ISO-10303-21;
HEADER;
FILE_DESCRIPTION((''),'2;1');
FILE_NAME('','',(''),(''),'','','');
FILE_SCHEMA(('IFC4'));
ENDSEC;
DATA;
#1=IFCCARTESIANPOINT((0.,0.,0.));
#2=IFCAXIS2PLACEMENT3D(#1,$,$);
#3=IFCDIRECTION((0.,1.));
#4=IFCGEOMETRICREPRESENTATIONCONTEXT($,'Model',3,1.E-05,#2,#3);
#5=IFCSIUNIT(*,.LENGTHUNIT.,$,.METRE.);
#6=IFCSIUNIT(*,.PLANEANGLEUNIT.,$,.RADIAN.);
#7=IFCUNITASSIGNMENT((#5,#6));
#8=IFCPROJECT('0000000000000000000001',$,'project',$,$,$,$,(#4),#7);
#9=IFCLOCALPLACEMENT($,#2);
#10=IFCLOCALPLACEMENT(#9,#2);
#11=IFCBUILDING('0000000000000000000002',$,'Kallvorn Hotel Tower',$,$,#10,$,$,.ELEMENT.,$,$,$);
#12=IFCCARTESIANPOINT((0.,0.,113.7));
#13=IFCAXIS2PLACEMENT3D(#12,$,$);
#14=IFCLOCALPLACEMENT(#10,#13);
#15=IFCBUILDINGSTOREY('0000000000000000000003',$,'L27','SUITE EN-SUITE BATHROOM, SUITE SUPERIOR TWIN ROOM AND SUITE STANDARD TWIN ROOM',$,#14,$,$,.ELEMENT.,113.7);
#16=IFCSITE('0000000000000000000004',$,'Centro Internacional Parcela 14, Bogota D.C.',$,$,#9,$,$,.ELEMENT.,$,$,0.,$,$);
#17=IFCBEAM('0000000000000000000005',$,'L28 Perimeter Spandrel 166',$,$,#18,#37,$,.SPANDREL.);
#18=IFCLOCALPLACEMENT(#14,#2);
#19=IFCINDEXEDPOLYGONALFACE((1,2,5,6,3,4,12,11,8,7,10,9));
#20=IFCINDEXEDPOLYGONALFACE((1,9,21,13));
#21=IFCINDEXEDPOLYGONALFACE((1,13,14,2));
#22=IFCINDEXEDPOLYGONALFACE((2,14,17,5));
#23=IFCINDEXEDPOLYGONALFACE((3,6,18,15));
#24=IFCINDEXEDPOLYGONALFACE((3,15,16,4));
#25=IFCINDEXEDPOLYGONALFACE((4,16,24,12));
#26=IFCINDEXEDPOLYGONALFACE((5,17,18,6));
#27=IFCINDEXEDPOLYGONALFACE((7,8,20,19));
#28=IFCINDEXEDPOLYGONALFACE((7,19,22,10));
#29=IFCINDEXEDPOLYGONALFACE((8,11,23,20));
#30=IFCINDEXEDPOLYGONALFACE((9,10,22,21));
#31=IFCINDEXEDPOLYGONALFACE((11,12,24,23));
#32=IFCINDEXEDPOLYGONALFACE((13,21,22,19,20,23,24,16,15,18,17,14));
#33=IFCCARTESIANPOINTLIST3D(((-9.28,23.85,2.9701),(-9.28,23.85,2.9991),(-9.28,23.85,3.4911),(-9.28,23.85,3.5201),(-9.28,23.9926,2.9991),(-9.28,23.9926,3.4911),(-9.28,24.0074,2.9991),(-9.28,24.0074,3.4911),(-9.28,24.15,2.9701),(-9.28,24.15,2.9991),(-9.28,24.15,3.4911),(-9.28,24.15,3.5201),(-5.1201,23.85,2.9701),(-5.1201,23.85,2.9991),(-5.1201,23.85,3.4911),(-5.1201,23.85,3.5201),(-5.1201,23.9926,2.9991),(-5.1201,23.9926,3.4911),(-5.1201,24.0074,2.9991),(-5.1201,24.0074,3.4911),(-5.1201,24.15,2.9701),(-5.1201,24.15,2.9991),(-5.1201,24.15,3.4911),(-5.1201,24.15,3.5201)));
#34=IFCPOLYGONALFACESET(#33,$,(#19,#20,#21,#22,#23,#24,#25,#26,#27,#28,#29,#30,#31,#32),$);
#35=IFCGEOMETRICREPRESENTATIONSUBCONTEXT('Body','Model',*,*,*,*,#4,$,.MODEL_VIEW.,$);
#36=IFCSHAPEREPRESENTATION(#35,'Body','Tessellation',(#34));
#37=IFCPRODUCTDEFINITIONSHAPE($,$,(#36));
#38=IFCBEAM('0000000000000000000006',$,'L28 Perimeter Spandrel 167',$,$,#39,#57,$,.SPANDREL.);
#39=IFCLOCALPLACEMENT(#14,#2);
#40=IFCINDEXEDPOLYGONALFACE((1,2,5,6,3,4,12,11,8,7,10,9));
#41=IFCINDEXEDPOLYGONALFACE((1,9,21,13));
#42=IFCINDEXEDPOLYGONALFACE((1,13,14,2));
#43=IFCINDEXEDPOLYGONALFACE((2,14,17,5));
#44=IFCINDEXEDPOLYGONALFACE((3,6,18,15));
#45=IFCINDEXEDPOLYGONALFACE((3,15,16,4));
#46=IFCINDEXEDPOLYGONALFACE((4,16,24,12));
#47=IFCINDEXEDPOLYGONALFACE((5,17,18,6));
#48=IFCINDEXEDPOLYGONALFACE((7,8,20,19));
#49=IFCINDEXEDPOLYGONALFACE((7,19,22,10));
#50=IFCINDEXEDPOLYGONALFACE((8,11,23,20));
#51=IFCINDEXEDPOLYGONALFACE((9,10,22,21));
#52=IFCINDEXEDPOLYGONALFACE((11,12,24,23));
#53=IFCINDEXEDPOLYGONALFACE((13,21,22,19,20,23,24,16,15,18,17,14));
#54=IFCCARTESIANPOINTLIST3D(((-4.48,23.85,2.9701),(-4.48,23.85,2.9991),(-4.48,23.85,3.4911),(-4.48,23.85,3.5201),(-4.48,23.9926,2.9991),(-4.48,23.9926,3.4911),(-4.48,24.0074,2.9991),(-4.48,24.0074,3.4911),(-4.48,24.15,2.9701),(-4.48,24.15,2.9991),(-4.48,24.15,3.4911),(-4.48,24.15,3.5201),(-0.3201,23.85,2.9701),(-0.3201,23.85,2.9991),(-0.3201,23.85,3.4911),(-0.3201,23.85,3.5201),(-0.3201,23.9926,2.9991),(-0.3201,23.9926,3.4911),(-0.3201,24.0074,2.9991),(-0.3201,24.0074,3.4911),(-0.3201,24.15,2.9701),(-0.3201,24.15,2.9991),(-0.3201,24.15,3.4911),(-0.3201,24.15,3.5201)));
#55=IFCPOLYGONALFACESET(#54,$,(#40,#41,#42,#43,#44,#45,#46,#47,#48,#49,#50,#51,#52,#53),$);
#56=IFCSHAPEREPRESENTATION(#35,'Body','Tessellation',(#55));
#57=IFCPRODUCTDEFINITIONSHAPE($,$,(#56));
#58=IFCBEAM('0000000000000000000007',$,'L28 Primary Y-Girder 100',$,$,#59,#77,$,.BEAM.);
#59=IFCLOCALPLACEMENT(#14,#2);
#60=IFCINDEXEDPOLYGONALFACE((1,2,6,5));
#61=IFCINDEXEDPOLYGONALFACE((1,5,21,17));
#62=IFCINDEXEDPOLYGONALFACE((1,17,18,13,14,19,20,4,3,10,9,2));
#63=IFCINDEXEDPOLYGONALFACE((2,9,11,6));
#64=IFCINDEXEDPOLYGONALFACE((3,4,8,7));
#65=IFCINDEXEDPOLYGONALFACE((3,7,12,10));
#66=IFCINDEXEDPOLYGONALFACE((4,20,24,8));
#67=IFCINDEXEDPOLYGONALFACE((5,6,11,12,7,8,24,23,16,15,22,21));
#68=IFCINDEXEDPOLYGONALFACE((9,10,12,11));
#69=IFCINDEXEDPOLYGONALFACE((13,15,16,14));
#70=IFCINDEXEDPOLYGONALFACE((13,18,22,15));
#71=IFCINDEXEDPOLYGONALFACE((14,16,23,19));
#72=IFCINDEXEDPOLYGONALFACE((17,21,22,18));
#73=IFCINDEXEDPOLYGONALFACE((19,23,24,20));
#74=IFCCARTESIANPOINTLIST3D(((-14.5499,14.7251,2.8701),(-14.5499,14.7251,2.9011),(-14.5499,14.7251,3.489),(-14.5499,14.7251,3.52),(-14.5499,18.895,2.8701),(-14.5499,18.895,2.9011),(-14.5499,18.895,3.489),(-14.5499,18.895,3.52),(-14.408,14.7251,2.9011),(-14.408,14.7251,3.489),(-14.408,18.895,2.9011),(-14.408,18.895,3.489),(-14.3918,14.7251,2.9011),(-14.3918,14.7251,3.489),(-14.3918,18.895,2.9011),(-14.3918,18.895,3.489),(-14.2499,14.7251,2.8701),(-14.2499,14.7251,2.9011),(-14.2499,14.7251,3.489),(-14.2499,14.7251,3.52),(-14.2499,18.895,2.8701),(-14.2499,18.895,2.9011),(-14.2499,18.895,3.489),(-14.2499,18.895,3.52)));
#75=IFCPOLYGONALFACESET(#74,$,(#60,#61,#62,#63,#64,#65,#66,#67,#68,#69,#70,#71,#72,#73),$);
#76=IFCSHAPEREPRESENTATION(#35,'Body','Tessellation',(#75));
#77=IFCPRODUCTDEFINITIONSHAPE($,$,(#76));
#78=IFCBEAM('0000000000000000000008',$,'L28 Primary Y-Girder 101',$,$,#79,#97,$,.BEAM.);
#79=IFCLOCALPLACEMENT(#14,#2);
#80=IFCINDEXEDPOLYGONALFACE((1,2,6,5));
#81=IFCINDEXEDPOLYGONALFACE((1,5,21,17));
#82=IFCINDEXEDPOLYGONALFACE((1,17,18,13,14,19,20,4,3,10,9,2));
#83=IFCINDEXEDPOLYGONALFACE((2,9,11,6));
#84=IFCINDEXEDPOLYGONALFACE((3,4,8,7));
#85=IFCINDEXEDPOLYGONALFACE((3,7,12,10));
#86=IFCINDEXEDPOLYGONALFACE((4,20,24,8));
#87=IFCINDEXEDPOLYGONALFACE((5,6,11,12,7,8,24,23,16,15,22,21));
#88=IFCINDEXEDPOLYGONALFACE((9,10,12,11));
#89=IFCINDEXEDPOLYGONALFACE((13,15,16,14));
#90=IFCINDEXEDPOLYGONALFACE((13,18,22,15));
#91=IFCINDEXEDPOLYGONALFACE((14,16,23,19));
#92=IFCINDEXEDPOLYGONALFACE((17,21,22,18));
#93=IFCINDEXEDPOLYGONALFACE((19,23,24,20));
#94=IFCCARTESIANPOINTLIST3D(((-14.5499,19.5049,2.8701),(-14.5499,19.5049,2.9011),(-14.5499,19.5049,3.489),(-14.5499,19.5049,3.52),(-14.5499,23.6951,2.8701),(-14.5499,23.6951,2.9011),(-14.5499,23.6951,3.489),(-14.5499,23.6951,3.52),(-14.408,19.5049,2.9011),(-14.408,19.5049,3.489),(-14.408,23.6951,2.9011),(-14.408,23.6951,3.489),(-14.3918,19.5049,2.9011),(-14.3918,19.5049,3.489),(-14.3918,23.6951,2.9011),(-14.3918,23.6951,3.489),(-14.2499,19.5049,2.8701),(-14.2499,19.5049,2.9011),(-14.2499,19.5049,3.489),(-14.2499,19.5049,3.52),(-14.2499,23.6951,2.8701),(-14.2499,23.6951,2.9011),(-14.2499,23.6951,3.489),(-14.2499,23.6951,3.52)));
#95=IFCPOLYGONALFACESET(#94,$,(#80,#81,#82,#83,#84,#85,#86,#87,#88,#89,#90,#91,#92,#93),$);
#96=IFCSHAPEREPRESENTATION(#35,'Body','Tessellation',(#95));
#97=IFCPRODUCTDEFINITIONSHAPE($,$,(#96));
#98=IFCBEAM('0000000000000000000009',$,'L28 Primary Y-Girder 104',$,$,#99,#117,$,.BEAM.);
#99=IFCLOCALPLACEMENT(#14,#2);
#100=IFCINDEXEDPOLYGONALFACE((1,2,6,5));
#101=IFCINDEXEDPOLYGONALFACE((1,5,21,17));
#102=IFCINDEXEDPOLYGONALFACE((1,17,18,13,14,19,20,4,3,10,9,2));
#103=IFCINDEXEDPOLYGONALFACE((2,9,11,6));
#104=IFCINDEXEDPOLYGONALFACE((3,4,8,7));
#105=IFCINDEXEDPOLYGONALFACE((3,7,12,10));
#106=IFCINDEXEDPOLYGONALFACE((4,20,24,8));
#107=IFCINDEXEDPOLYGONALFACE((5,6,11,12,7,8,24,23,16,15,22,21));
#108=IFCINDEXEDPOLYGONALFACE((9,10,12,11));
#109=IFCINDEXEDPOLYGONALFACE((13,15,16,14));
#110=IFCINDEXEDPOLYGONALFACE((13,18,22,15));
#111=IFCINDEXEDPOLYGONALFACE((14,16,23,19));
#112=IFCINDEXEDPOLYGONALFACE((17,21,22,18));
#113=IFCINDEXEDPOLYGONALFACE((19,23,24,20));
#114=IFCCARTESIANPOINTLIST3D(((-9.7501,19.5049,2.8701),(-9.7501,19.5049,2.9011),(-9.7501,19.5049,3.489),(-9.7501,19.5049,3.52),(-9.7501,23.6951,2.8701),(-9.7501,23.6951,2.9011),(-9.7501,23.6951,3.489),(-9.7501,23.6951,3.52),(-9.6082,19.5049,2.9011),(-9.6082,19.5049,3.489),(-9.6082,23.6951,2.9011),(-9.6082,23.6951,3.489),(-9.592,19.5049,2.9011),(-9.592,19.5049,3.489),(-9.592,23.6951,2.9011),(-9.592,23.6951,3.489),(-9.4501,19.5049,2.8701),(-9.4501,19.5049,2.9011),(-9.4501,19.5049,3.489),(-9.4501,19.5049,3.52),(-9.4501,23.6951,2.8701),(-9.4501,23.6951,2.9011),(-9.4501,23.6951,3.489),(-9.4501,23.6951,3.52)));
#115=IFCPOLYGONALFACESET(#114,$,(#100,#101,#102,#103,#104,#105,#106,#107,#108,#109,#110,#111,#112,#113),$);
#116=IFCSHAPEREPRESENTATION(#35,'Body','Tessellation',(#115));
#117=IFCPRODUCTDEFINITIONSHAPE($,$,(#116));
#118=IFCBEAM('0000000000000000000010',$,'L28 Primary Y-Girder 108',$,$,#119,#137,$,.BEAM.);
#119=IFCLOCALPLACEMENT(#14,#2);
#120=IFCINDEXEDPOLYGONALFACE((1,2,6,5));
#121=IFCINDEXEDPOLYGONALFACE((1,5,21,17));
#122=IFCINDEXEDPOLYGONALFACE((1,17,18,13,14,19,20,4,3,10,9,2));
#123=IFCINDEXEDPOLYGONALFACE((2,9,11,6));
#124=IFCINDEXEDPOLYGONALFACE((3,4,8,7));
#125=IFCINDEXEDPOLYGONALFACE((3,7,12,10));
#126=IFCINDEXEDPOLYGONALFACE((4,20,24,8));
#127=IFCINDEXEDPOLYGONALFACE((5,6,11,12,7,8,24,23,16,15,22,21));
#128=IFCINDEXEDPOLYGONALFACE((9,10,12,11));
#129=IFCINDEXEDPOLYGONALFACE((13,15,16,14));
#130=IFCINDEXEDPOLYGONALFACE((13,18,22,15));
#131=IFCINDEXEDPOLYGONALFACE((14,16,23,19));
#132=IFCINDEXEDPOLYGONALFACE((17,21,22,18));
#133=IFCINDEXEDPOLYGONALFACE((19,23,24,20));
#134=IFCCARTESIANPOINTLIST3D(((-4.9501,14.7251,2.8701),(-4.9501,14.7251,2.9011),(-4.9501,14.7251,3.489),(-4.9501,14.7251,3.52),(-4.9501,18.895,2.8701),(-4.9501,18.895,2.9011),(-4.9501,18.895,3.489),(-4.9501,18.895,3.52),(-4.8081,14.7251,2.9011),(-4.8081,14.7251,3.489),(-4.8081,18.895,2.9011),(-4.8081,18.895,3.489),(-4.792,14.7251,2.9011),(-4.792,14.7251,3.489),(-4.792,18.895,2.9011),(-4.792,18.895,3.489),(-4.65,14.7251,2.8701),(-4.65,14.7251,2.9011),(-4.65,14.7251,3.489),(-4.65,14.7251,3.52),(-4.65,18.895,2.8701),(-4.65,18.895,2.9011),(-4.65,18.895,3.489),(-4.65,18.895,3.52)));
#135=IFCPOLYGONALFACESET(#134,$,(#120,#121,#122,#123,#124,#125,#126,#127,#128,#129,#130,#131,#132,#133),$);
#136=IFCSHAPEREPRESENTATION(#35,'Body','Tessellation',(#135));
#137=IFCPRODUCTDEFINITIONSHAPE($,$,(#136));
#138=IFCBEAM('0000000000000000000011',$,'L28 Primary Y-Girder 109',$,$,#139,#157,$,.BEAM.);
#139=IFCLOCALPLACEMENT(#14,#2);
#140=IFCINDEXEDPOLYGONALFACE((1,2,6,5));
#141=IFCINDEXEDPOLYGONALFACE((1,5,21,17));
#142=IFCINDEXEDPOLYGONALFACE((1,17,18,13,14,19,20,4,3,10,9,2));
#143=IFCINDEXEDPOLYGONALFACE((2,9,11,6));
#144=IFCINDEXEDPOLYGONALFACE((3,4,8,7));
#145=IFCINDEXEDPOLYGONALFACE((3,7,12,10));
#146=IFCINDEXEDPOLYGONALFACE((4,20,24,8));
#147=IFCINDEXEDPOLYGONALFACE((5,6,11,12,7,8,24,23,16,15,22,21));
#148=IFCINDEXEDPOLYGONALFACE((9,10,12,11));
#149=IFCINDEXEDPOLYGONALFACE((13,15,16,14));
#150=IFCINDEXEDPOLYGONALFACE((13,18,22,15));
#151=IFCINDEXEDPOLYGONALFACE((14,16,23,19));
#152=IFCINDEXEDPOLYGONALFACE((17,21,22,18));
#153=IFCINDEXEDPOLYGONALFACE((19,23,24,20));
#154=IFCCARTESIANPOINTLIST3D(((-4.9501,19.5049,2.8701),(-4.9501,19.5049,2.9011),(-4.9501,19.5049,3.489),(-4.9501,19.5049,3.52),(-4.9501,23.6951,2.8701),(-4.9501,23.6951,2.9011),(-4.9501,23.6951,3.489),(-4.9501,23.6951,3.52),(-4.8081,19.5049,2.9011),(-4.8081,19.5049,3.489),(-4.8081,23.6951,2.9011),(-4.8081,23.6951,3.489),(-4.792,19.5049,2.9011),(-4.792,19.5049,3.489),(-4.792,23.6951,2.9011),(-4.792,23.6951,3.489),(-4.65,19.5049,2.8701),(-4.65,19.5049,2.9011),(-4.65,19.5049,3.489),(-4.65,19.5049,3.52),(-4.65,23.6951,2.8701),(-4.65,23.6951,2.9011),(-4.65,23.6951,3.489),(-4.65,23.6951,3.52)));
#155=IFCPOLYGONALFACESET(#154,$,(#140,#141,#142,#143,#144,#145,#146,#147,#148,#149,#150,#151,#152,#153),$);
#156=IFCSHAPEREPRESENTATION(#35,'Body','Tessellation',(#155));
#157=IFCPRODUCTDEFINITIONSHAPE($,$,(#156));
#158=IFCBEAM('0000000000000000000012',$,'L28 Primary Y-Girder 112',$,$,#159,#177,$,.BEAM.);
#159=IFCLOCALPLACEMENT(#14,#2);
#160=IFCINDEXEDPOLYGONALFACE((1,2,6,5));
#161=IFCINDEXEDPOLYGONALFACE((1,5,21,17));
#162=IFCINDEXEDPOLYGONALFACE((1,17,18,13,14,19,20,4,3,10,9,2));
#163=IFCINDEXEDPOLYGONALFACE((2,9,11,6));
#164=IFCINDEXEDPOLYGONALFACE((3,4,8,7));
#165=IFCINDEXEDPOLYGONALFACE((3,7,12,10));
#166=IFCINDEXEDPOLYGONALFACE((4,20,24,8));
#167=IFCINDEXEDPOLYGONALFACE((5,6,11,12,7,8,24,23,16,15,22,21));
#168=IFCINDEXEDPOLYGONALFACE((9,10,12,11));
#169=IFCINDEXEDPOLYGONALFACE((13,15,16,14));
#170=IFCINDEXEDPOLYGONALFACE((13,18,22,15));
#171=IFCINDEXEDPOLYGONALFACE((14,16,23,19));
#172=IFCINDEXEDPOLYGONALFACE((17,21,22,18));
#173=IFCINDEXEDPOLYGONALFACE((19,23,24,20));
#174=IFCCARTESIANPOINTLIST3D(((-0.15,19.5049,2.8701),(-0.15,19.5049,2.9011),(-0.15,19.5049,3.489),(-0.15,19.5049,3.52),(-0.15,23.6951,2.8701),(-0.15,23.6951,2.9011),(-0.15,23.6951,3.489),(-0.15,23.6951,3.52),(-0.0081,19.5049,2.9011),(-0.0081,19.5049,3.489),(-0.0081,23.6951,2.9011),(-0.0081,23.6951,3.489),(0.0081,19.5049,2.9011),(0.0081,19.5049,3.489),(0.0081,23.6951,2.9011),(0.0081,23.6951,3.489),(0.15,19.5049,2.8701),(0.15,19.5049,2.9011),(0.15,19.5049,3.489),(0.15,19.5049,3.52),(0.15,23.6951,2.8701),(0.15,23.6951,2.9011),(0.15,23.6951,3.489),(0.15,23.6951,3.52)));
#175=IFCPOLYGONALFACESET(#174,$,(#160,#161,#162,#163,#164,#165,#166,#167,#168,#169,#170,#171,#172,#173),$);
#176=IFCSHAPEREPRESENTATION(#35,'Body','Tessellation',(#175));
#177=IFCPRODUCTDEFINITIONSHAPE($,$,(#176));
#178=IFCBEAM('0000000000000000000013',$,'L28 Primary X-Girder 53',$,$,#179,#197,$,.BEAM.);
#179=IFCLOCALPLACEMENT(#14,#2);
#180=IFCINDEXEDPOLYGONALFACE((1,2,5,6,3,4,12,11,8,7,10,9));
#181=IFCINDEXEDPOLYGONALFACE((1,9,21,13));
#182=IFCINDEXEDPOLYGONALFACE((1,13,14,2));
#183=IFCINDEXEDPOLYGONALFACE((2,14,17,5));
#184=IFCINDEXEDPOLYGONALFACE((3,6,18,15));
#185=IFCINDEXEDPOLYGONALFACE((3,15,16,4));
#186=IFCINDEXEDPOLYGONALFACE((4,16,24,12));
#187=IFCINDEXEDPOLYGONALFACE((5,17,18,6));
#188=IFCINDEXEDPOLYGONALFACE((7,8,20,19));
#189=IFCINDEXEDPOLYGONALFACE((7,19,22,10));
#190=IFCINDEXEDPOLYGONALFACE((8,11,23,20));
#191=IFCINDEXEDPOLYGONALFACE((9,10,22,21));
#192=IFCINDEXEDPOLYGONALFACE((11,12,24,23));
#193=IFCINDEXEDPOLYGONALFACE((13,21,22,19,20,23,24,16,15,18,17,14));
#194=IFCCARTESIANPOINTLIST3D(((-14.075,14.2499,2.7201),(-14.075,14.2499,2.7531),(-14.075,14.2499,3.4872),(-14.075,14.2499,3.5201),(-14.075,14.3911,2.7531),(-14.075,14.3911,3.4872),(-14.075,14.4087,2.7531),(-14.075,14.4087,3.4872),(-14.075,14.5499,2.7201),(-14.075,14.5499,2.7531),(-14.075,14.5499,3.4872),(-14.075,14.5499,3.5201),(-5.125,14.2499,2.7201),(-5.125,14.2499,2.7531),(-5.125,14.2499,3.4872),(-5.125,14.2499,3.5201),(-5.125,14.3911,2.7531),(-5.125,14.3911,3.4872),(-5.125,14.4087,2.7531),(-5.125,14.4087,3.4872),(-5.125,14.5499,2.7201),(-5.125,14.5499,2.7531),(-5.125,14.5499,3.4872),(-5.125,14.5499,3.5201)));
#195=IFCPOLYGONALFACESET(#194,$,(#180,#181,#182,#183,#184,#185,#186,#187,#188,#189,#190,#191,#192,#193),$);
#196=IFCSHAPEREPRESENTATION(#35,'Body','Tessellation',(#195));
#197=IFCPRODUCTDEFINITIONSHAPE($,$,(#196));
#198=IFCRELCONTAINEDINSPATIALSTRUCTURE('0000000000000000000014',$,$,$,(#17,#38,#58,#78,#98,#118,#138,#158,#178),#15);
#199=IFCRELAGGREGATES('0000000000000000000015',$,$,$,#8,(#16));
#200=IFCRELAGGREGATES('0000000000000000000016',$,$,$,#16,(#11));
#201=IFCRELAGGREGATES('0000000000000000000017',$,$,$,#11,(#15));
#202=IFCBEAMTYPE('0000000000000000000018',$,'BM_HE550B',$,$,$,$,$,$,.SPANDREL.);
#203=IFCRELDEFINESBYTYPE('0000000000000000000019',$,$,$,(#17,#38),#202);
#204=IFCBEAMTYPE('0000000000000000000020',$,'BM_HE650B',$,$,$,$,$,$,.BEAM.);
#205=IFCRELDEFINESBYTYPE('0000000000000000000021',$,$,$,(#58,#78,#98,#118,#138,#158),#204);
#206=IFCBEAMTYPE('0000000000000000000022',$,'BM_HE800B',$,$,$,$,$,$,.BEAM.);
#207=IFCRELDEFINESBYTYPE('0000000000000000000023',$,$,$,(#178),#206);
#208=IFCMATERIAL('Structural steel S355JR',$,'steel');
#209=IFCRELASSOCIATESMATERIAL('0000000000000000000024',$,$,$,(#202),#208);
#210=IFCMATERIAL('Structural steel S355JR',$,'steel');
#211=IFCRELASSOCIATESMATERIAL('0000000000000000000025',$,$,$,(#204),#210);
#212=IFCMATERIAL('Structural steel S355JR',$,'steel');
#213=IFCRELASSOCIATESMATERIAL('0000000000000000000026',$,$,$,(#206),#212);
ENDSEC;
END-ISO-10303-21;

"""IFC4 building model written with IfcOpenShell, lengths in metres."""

from ifc_helpers import new_model, si_unit, direction, frame, origin, origin_2d, place, context, subcontext, project, spatial, i_section, extrude, material, material_profile, profile_set, type_object, element, save


model = new_model("IFC4")

# Units and contexts
model_context = context("Model", 3, precision=1e-05, world=origin(), true_north=direction((0.0, 1.0)))
body_context = subcontext(model_context, "Body", "Model", "MODEL_VIEW")
ifc_project = project(units=[si_unit("LENGTHUNIT", "METRE"), si_unit("PLANEANGLEUNIT", "RADIAN")], contexts=[model_context])

# Site, building, storey
site_placement = place(None, origin())
site = spatial("IfcSite", under=ifc_project, at=site_placement, Name="Centro Internacional Parcela 14, Bogota D.C.", CompositionType="ELEMENT", RefElevation=0.0)
building_placement = place(site_placement, origin())
building = spatial("IfcBuilding", under=site, at=building_placement, Name="Kallvorn Hotel Tower", CompositionType="ELEMENT")
storey_placement = place(building_placement, frame((0.0, 0.0, 113.7)))
storey = spatial("IfcBuildingStorey", under=building, at=storey_placement, Name="L27", Description="SUITE EN-SUITE BATHROOM, SUITE SUPERIOR TWIN ROOM AND SUITE STANDARD TWIN ROOM", CompositionType="ELEMENT", Elevation=113.7)

# Beams
ifc_material_1 = material(Name="Structural steel S355JR", Category="steel")
ifc_material_profile_1 = material_profile(ifc_material_1, i_section(OverallWidth=0.3, OverallDepth=0.55, WebThickness=0.0149, FlangeThickness=0.0291, at=origin_2d()), Name="HE 550 B")
ifc_profile_set_1 = profile_set([ifc_material_profile_1], Name="Structural steel S355JR")
beam_type_1 = type_object("IfcBeamType", Name="BM_HE550B", PredefinedType="SPANDREL", material=ifc_profile_set_1)
for number, where, z_axis, x_axis, name in (
    (1, (-9.28, 24.0, 3.2451), (1.0, 0.0, 0.0), (0.0, 1.0, 0.0), "L28 Perimeter Spandrel 166"),
    (2, (-4.48, 24.0, 3.2451), (1.0, 0.0, 0.0), (0.0, 1.0, 0.0), "L28 Perimeter Spandrel 167"),
):
    element("IfcBeam", number, at=place(storey_placement, frame(where, z_axis=z_axis, x_axis=x_axis)), inside=storey, type_object=beam_type_1, Name=name, PredefinedType="SPANDREL", context=body_context, shape_type="SweptSolid", body=[
        extrude(i_section(OverallWidth=0.3, OverallDepth=0.55, WebThickness=0.0149, FlangeThickness=0.0291, at=origin_2d()), origin(), (0.0, 0.0, 1.0), 4.1599),
    ])
ifc_material_2 = material(Name="Structural steel S355JR", Category="steel")
ifc_material_profile_2 = material_profile(ifc_material_2, i_section(OverallWidth=0.3, OverallDepth=0.6499, WebThickness=0.0161, FlangeThickness=0.031, at=origin_2d()), Name="HE 650 B")
ifc_profile_set_2 = profile_set([ifc_material_profile_2], Name="Structural steel S355JR")
beam_type_2 = type_object("IfcBeamType", Name="BM_HE650B", PredefinedType="BEAM", material=ifc_profile_set_2)
beam_1_placement = place(storey_placement, frame((-14.3999, 14.7251, 3.1951), z_axis=(0.0, 1.0, 0.0), x_axis=(-1.0, 0.0, 0.0)))
element("IfcBeam", 3, at=beam_1_placement, inside=storey, type_object=beam_type_2, Name="L28 Primary Y-Girder 100", PredefinedType="BEAM", context=body_context, shape_type="SweptSolid", body=[
    extrude(i_section(OverallWidth=0.3, OverallDepth=0.6499, WebThickness=0.0161, FlangeThickness=0.031, at=origin_2d()), origin(), (0.0, 0.0, 1.0), 4.1699),
])
for number, where, z_axis, x_axis, name in (
    (4, (-14.3999, 19.5049, 3.1951), (0.0, 1.0, 0.0), (-1.0, 0.0, 0.0), "L28 Primary Y-Girder 101"),
    (5, (-9.6001, 19.5049, 3.1951), (0.0, 1.0, 0.0), (-1.0, 0.0, 0.0), "L28 Primary Y-Girder 104"),
):
    element("IfcBeam", number, at=place(storey_placement, frame(where, z_axis=z_axis, x_axis=x_axis)), inside=storey, type_object=beam_type_2, Name=name, PredefinedType="BEAM", context=body_context, shape_type="SweptSolid", body=[
        extrude(i_section(OverallWidth=0.3, OverallDepth=0.6499, WebThickness=0.0161, FlangeThickness=0.031, at=origin_2d()), origin(), (0.0, 0.0, 1.0), 4.1902),
    ])
beam_2_placement = place(storey_placement, frame((-4.8, 14.7251, 3.1951), z_axis=(0.0, 1.0, 0.0), x_axis=(-1.0, 0.0, 0.0)))
element("IfcBeam", 6, at=beam_2_placement, inside=storey, type_object=beam_type_2, Name="L28 Primary Y-Girder 108", PredefinedType="BEAM", context=body_context, shape_type="SweptSolid", body=[
    extrude(i_section(OverallWidth=0.3, OverallDepth=0.6499, WebThickness=0.0161, FlangeThickness=0.031, at=origin_2d()), origin(), (0.0, 0.0, 1.0), 4.1699),
])
for number, where, z_axis, x_axis, name in (
    (7, (-4.8, 19.5049, 3.1951), (0.0, 1.0, 0.0), (-1.0, 0.0, 0.0), "L28 Primary Y-Girder 109"),
    (8, (0.0, 19.5049, 3.1951), (0.0, 1.0, 0.0), (-1.0, 0.0, 0.0), "L28 Primary Y-Girder 112"),
):
    element("IfcBeam", number, at=place(storey_placement, frame(where, z_axis=z_axis, x_axis=x_axis)), inside=storey, type_object=beam_type_2, Name=name, PredefinedType="BEAM", context=body_context, shape_type="SweptSolid", body=[
        extrude(i_section(OverallWidth=0.3, OverallDepth=0.6499, WebThickness=0.0161, FlangeThickness=0.031, at=origin_2d()), origin(), (0.0, 0.0, 1.0), 4.1902),
    ])
ifc_material_3 = material(Name="Structural steel S355JR", Category="steel")
ifc_material_profile_3 = material_profile(ifc_material_3, i_section(OverallWidth=0.3, OverallDepth=0.8, WebThickness=0.0176, FlangeThickness=0.033, at=origin_2d()), Name="HE 800 B")
ifc_profile_set_3 = profile_set([ifc_material_profile_3], Name="Structural steel S355JR")
beam_type_3 = type_object("IfcBeamType", Name="BM_HE800B", PredefinedType="BEAM", material=ifc_profile_set_3)
beam_3_placement = place(storey_placement, frame((-14.075, 14.3999, 3.1201), z_axis=(1.0, 0.0, 0.0), x_axis=(0.0, 1.0, 0.0)))
element("IfcBeam", 9, at=beam_3_placement, inside=storey, type_object=beam_type_3, Name="L28 Primary X-Girder 53", PredefinedType="BEAM", context=body_context, shape_type="SweptSolid", body=[
    extrude(i_section(OverallWidth=0.3, OverallDepth=0.8, WebThickness=0.0176, FlangeThickness=0.033, at=origin_2d()), origin(), (0.0, 0.0, 1.0), 8.95),
])

save(model, "model.ifc")
